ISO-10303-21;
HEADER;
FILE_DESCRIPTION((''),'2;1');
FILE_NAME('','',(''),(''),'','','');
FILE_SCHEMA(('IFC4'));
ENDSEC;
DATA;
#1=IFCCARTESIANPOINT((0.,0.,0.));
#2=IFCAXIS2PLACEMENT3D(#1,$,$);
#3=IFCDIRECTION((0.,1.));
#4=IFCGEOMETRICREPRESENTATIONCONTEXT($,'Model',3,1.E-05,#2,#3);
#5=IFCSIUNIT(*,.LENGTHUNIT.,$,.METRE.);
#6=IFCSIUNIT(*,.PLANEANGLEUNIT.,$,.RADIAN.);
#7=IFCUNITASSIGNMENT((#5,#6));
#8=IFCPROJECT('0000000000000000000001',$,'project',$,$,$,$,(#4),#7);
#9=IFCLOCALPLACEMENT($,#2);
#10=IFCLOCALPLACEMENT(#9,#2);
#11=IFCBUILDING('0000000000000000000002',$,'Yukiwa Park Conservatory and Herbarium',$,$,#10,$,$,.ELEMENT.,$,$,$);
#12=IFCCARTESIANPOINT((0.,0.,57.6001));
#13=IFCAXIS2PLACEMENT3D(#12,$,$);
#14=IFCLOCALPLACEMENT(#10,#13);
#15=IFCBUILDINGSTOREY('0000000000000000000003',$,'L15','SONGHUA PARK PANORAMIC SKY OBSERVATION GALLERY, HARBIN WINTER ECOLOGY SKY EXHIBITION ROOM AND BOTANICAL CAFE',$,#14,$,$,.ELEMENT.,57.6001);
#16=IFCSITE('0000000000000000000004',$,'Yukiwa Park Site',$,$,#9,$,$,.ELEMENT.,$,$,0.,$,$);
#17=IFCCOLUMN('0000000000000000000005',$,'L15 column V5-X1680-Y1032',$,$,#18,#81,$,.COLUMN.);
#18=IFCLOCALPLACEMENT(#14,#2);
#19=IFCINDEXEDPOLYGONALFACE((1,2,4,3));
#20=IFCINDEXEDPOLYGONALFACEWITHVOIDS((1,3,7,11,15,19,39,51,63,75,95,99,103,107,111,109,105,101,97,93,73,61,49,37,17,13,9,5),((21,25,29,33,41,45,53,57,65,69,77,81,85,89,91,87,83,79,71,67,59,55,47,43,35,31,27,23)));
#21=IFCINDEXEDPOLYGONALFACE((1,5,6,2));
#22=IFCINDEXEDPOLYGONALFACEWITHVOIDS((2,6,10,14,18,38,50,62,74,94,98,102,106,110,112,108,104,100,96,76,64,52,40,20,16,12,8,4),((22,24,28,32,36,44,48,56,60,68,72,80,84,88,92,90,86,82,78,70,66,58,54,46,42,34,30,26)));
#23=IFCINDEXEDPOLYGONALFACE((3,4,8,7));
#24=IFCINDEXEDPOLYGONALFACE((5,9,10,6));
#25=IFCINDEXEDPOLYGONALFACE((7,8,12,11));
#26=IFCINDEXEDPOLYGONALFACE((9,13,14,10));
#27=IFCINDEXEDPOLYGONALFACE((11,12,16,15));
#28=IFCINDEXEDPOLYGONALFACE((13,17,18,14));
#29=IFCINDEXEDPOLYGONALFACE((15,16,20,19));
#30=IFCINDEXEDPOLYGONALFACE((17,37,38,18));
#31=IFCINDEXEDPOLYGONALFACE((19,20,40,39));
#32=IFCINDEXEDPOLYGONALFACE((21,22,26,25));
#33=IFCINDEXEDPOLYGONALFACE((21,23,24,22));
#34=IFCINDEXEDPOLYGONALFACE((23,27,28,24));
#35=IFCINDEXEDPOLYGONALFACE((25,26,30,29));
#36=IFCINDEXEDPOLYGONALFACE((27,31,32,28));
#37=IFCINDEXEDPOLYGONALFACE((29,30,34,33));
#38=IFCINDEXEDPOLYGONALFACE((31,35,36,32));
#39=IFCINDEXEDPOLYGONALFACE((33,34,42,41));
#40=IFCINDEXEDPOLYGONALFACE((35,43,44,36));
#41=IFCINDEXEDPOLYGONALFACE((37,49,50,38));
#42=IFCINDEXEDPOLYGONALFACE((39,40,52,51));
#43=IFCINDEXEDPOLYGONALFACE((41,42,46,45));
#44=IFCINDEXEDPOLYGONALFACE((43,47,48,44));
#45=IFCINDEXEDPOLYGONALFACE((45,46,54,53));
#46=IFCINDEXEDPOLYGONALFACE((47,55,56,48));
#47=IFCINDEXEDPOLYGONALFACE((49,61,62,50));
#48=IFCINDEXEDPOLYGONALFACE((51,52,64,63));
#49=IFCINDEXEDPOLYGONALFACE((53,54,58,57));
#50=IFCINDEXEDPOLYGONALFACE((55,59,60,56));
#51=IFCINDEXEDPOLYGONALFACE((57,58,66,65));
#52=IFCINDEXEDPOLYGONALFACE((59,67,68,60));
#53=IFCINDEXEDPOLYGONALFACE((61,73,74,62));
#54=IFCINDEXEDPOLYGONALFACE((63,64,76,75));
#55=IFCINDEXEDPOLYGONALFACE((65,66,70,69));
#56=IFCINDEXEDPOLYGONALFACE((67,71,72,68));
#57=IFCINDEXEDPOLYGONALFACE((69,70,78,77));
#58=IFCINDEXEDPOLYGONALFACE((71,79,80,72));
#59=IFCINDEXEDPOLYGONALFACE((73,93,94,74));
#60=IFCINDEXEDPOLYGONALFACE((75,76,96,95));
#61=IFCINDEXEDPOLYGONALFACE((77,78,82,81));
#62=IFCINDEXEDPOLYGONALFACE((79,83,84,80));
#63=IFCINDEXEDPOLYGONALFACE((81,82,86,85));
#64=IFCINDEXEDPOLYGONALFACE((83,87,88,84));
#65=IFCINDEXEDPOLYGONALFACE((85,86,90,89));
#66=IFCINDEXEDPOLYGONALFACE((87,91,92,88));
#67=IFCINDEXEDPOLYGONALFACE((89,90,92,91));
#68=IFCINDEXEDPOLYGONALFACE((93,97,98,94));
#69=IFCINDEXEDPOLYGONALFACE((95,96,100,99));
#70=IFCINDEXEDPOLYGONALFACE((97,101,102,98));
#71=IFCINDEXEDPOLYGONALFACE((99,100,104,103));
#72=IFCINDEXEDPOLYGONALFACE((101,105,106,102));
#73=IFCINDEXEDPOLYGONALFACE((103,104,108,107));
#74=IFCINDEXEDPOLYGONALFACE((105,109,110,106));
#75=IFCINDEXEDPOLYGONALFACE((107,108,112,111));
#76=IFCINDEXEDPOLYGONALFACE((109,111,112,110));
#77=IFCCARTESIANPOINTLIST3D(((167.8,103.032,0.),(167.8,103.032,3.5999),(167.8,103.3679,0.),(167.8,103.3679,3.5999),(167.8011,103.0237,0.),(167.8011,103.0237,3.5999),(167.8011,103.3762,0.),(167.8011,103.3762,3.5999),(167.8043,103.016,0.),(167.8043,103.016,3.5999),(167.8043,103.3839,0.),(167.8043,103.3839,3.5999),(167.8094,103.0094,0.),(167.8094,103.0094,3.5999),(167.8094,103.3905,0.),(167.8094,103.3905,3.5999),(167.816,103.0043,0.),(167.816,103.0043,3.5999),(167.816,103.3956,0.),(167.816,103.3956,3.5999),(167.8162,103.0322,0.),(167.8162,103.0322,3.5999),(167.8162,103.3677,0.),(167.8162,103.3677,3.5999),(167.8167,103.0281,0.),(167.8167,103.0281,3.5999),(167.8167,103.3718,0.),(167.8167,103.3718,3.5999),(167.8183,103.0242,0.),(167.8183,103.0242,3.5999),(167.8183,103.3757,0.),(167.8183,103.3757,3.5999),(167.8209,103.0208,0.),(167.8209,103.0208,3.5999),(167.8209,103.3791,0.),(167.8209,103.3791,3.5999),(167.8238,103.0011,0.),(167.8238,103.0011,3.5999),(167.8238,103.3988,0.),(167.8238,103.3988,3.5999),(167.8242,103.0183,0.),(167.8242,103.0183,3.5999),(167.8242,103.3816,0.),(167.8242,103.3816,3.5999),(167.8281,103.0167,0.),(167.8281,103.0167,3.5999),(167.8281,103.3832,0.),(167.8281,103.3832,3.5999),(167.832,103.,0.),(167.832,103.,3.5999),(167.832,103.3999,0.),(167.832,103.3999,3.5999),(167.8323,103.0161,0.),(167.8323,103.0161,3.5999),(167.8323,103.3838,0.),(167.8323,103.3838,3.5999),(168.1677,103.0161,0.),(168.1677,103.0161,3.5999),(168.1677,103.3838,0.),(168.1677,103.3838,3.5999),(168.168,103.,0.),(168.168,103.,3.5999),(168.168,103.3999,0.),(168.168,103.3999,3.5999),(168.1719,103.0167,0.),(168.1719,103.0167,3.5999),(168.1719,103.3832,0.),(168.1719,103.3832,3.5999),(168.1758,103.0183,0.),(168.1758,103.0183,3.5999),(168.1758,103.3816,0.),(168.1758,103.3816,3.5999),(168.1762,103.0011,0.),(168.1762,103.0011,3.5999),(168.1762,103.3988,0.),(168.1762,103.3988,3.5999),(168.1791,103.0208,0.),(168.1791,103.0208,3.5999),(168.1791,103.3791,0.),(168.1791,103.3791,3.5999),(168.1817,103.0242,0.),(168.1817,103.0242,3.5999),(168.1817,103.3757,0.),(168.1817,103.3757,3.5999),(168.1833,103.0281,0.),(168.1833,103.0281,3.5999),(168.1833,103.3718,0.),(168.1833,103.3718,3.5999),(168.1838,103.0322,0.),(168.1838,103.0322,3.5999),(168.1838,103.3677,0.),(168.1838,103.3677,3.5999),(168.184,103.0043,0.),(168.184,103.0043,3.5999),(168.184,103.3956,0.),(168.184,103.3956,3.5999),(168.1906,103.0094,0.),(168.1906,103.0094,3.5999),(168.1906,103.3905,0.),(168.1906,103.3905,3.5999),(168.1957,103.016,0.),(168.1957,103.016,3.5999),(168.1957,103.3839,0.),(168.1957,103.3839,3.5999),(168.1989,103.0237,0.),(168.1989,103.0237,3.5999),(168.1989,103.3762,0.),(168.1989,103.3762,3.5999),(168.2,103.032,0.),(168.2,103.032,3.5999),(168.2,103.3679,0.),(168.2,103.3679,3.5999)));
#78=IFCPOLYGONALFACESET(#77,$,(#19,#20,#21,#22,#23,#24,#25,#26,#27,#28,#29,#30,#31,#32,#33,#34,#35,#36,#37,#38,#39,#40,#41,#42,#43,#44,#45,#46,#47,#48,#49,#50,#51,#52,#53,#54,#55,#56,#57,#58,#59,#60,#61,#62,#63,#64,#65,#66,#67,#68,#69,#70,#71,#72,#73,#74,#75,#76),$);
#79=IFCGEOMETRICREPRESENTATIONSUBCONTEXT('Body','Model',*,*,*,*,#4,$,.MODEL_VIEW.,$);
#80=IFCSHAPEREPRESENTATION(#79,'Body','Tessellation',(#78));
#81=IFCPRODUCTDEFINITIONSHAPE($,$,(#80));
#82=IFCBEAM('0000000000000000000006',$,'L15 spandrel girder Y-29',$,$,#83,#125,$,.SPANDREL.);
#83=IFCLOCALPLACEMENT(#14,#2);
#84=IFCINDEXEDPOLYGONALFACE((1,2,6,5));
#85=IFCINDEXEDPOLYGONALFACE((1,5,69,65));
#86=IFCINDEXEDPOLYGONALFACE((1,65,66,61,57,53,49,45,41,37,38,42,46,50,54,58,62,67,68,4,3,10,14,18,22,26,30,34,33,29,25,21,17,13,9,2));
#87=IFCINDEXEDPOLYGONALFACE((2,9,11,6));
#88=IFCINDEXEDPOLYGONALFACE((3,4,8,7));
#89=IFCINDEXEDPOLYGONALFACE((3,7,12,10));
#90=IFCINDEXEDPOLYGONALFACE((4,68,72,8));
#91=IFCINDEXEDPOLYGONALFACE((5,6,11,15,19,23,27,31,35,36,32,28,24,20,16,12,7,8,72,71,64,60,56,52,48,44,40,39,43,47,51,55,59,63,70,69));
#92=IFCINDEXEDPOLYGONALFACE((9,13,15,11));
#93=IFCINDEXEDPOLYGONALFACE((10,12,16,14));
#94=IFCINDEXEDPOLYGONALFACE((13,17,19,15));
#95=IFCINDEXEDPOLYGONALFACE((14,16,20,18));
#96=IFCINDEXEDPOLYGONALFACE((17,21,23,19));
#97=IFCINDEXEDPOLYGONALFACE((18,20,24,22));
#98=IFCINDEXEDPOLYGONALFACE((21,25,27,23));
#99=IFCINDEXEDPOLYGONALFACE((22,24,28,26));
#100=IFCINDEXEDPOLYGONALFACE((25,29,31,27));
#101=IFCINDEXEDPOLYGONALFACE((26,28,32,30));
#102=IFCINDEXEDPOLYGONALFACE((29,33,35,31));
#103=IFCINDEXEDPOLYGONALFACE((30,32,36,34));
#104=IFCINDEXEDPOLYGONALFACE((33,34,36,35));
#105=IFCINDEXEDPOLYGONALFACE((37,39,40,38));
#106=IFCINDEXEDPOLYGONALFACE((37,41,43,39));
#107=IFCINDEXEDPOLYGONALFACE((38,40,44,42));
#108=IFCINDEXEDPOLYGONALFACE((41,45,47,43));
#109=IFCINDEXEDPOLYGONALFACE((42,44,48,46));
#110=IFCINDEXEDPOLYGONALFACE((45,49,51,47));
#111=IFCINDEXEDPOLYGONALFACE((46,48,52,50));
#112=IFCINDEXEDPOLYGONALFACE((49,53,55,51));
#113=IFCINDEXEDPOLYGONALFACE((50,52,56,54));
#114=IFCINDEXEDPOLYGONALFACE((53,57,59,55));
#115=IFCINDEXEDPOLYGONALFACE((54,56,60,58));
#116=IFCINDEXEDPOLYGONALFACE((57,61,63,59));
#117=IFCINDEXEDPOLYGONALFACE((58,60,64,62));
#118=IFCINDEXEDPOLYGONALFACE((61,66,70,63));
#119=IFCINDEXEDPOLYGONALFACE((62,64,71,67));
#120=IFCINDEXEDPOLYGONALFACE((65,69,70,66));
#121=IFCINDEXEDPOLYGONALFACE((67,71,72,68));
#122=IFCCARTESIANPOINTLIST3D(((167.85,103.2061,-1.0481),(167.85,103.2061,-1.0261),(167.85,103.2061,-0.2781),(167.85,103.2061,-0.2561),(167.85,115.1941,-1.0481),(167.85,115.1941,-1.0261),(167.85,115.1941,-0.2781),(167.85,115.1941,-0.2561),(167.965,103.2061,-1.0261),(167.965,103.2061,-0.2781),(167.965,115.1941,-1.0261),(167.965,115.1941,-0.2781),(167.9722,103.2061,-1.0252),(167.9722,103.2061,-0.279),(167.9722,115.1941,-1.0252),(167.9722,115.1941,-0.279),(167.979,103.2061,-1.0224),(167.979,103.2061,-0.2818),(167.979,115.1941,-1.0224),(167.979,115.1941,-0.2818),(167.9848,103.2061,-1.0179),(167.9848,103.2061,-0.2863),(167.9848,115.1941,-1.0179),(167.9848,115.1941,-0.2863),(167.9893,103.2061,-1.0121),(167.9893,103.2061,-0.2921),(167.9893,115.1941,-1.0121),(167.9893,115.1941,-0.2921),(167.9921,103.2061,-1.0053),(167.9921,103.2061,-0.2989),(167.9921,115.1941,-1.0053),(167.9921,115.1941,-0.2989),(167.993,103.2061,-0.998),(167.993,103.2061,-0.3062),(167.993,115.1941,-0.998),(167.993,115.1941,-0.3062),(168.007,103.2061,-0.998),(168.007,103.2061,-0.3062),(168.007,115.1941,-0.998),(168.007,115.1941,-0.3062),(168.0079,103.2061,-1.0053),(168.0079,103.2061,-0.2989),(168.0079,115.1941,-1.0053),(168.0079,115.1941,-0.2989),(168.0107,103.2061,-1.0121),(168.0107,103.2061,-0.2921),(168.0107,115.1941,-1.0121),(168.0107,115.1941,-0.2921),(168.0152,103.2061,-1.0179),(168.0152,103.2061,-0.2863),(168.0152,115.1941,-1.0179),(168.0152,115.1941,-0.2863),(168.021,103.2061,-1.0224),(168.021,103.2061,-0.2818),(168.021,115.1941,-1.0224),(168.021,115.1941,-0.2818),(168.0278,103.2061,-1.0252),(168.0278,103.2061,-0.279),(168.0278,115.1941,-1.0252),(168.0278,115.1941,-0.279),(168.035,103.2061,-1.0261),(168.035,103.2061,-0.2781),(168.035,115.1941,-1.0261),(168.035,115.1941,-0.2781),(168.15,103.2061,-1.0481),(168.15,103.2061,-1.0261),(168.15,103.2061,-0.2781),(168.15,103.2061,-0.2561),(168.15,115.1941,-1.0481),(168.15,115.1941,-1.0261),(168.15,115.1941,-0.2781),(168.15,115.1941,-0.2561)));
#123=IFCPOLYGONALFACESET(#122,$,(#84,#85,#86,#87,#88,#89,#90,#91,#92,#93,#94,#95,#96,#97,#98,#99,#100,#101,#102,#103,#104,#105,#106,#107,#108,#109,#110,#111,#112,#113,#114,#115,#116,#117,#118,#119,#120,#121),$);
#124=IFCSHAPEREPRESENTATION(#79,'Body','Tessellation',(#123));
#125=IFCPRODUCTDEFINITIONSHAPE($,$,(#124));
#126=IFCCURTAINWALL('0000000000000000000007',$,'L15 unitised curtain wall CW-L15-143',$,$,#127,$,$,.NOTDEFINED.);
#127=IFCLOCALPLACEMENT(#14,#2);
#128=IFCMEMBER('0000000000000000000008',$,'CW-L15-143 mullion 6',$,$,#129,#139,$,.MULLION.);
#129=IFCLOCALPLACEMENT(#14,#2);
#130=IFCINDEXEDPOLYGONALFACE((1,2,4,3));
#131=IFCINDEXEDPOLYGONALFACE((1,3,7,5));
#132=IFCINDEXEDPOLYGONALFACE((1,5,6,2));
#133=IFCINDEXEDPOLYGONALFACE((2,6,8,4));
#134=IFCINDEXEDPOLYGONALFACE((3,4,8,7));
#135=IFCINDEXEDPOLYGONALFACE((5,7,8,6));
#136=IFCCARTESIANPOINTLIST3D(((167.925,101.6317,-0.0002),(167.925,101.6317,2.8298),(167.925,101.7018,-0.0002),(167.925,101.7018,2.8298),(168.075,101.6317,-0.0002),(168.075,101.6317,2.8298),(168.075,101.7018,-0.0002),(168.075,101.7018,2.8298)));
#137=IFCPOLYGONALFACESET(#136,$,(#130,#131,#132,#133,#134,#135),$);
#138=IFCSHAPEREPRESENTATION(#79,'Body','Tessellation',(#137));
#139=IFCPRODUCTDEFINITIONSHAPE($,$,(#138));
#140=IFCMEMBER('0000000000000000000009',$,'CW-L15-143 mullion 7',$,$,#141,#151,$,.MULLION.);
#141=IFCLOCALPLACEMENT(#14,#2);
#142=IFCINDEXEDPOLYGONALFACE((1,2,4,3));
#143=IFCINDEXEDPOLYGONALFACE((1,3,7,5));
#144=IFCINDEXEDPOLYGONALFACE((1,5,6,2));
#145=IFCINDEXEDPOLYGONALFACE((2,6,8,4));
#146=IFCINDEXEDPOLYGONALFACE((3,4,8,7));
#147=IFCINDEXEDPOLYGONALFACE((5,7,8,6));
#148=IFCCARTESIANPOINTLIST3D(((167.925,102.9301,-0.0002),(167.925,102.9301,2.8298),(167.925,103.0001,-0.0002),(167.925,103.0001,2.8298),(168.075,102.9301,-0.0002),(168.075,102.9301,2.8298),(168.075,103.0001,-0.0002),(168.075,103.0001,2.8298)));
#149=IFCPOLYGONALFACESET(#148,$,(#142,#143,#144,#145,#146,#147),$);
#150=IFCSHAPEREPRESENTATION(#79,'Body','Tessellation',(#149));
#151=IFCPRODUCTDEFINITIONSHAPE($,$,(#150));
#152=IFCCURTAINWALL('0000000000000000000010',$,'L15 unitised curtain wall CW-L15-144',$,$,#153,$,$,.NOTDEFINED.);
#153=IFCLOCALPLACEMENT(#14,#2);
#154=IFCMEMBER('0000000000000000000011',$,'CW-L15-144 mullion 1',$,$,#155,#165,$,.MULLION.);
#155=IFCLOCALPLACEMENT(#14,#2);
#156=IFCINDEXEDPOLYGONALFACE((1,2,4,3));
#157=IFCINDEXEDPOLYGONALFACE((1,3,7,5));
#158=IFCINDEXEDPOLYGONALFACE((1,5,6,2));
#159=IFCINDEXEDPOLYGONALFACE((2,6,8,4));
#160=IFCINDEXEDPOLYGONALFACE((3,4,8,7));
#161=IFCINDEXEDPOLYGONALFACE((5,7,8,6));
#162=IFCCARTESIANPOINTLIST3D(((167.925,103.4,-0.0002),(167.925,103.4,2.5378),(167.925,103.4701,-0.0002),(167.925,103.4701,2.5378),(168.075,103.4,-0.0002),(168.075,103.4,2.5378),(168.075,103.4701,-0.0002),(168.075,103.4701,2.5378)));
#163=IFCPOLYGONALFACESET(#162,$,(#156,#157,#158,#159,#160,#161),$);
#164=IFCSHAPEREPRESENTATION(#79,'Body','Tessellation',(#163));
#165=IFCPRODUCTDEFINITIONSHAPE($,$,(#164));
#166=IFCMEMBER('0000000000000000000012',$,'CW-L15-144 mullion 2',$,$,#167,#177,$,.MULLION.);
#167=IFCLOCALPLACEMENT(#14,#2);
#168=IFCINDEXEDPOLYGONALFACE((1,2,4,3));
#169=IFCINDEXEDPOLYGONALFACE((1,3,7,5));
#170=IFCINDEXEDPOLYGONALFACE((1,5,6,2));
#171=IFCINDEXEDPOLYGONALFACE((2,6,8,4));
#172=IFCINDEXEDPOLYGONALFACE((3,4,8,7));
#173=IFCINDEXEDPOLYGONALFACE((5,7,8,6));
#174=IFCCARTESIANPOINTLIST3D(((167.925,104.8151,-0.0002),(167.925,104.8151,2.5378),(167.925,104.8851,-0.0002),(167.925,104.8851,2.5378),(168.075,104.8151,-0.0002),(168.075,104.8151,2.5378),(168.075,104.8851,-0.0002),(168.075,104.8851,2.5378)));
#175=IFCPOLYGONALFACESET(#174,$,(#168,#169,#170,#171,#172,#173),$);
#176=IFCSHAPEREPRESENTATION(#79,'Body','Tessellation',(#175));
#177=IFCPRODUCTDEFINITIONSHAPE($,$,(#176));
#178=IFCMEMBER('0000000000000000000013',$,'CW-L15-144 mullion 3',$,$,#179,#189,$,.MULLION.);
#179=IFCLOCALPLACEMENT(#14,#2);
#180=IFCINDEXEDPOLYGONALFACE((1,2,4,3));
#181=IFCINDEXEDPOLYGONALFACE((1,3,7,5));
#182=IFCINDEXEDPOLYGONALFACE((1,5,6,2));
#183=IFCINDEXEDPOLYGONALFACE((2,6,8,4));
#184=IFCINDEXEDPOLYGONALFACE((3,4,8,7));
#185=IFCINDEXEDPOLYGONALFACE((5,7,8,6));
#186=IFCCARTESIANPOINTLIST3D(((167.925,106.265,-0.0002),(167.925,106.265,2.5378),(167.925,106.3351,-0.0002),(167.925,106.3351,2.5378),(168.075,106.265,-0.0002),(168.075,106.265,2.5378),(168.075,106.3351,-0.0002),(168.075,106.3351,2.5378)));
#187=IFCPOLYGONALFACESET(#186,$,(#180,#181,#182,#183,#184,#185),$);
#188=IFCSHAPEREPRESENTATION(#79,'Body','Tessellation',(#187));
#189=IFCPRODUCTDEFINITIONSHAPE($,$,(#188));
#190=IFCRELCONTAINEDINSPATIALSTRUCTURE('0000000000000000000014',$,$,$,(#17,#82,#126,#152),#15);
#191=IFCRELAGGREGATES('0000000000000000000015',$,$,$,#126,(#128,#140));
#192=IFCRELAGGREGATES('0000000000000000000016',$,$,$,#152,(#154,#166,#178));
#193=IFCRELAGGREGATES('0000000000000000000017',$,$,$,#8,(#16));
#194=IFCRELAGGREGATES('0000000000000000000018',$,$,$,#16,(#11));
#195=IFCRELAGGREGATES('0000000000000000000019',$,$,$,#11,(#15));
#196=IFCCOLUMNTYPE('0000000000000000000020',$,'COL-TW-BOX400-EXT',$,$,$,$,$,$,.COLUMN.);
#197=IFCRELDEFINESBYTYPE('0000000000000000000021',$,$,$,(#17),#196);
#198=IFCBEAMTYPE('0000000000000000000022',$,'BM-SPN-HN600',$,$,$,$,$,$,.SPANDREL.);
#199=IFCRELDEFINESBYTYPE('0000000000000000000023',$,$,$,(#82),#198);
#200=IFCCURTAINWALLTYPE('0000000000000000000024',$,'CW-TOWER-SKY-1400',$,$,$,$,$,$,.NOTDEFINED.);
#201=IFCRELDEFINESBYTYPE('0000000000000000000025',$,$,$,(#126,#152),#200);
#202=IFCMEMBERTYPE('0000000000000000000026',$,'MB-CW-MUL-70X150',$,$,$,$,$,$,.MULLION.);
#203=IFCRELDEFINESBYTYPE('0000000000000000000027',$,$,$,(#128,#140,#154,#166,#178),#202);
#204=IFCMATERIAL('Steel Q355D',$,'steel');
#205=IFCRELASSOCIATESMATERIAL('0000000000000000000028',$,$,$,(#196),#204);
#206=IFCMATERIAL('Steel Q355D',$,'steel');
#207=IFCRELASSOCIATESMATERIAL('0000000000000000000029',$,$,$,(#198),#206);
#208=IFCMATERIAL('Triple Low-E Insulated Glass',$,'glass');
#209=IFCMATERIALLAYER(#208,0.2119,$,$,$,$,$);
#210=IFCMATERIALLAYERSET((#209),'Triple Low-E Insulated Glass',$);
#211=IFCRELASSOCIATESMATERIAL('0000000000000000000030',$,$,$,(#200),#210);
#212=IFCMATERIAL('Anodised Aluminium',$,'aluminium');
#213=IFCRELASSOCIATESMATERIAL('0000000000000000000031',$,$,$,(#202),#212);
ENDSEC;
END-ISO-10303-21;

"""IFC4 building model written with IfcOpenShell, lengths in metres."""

from ifc_helpers import new_model, si_unit, direction, frame, origin, origin_2d, place, context, subcontext, project, spatial, rectangle, hollow_rectangle, i_section, extrude, material, layer, layer_set, material_profile, profile_set, type_object, element, aggregate, save


model = new_model("IFC4")

# Units and contexts
model_context = context("Model", 3, precision=1e-05, world=origin(), true_north=direction((0.0, 1.0)))
body_context = subcontext(model_context, "Body", "Model", "MODEL_VIEW")
ifc_project = project(units=[si_unit("LENGTHUNIT", "METRE"), si_unit("PLANEANGLEUNIT", "RADIAN")], contexts=[model_context])

# Site, building, storey
site_placement = place(None, origin())
site = spatial("IfcSite", under=ifc_project, at=site_placement, Name="Yukiwa Park Site", CompositionType="ELEMENT", RefElevation=0.0)
building_placement = place(site_placement, origin())
building = spatial("IfcBuilding", under=site, at=building_placement, Name="Yukiwa Park Conservatory and Herbarium", CompositionType="ELEMENT")
storey_placement = place(building_placement, frame((0.0, 0.0, 57.6001)))
storey = spatial("IfcBuildingStorey", under=building, at=storey_placement, Name="L15", Description="SONGHUA PARK PANORAMIC SKY OBSERVATION GALLERY, HARBIN WINTER ECOLOGY SKY EXHIBITION ROOM AND BOTANICAL CAFE", CompositionType="ELEMENT", Elevation=57.6001)

# Column
ifc_material_1 = material(Name="Steel Q355D", Category="steel")
ifc_material_profile_1 = material_profile(ifc_material_1, hollow_rectangle(XDim=0.3999, YDim=0.3999, WallThickness=0.0161, InnerFilletRadius=0.0161, OuterFilletRadius=0.032, at=origin_2d()), Name="BOX 400x400x16")
ifc_profile_set_1 = profile_set([ifc_material_profile_1], Name="Steel Q355D")
column_type = type_object("IfcColumnType", Name="COL-TW-BOX400-EXT", PredefinedType="COLUMN", material=ifc_profile_set_1)
column_placement = place(storey_placement, frame((168.0, 103.2, 0.0), z_axis=(0.0, 0.0, 1.0), x_axis=(1.0, 0.0, 0.0)))
element("IfcColumn", 1, at=column_placement, inside=storey, type_object=column_type, Name="L15 column V5-X1680-Y1032", PredefinedType="COLUMN", context=body_context, shape_type="SweptSolid", body=[
    extrude(hollow_rectangle(XDim=0.3999, YDim=0.3999, WallThickness=0.0161, InnerFilletRadius=0.0161, OuterFilletRadius=0.032, at=origin_2d()), origin(), (0.0, 0.0, 1.0), 3.5999),
])

# Beam
ifc_material_2 = material(Name="Steel Q355D", Category="steel")
ifc_material_profile_2 = material_profile(ifc_material_2, i_section(OverallWidth=0.3, OverallDepth=0.792, WebThickness=0.0139, FlangeThickness=0.022, FilletRadius=0.0281, at=origin_2d()), Name="HN 792x300x14x22")
ifc_profile_set_2 = profile_set([ifc_material_profile_2], Name="Steel Q355D")
beam_type = type_object("IfcBeamType", Name="BM-SPN-HN600", PredefinedType="SPANDREL", material=ifc_profile_set_2)
beam_placement = place(storey_placement, frame((168.0, 103.2061, -0.6521), z_axis=(0.0, 1.0, 0.0), x_axis=(-1.0, 0.0, 0.0)))
element("IfcBeam", 2, at=beam_placement, inside=storey, type_object=beam_type, Name="L15 spandrel girder Y-29", PredefinedType="SPANDREL", context=body_context, shape_type="SweptSolid", body=[
    extrude(i_section(OverallWidth=0.3, OverallDepth=0.792, WebThickness=0.0139, FlangeThickness=0.022, FilletRadius=0.0281, at=origin_2d()), origin(), (0.0, 0.0, 1.0), 11.988),
])

# Curtain walls, members
ifc_material_3 = material(Name="Triple Low-E Insulated Glass", Category="glass")
ifc_layer_1 = layer(ifc_material_3, 0.2119)
ifc_layer_set_1 = layer_set([ifc_layer_1], Name="Triple Low-E Insulated Glass")
curtain_wall_type = type_object("IfcCurtainWallType", Name="CW-TOWER-SKY-1400", PredefinedType="NOTDEFINED", material=ifc_layer_set_1)
curtain_wall_1_placement = place(storey_placement, origin())
curtain_wall_1 = element("IfcCurtainWall", 3, at=curtain_wall_1_placement, inside=storey, type_object=curtain_wall_type, Name="L15 unitised curtain wall CW-L15-143", PredefinedType="NOTDEFINED")
ifc_material_4 = material(Name="Anodised Aluminium", Category="aluminium")
member_type_1 = type_object("IfcMemberType", Name="MB-CW-MUL-70X150", PredefinedType="MULLION", material=ifc_material_4)
member_1_placement = place(storey_placement, frame((168.0, 101.6667, -0.0002), z_axis=(0.0, 0.0, 1.0), x_axis=(0.0, 1.0, 0.0)))
member_1 = element("IfcMember", 4, at=member_1_placement, type_object=member_type_1, Name="CW-L15-143 mullion 6", PredefinedType="MULLION", context=body_context, shape_type="SweptSolid", body=[
    extrude(rectangle(XDim=0.0701, YDim=0.1499, at=origin_2d()), origin(), (0.0, 0.0, 1.0), 2.8301),
])
member_2_placement = place(storey_placement, frame((168.0, 102.9651, -0.0002), z_axis=(0.0, 0.0, 1.0), x_axis=(0.0, 1.0, 0.0)))
member_2 = element("IfcMember", 5, at=member_2_placement, type_object=member_type_1, Name="CW-L15-143 mullion 7", PredefinedType="MULLION", context=body_context, shape_type="SweptSolid", body=[
    extrude(rectangle(XDim=0.0701, YDim=0.1499, at=origin_2d()), origin(), (0.0, 0.0, 1.0), 2.8301),
])
curtain_wall_2_placement = place(storey_placement, origin())
curtain_wall_2 = element("IfcCurtainWall", 6, at=curtain_wall_2_placement, inside=storey, type_object=curtain_wall_type, Name="L15 unitised curtain wall CW-L15-144", PredefinedType="NOTDEFINED")
member_3_placement = place(storey_placement, frame((168.0, 103.4351, -0.0002), z_axis=(0.0, 0.0, 1.0), x_axis=(0.0, 1.0, 0.0)))
member_3 = element("IfcMember", 7, at=member_3_placement, type_object=member_type_1, Name="CW-L15-144 mullion 1", PredefinedType="MULLION", context=body_context, shape_type="SweptSolid", body=[
    extrude(rectangle(XDim=0.0701, YDim=0.1499, at=origin_2d()), origin(), (0.0, 0.0, 1.0), 2.5381),
])
member_4_placement = place(storey_placement, frame((168.0, 104.8501, -0.0002), z_axis=(0.0, 0.0, 1.0), x_axis=(0.0, 1.0, 0.0)))
member_4 = element("IfcMember", 8, at=member_4_placement, type_object=member_type_1, Name="CW-L15-144 mullion 2", PredefinedType="MULLION", context=body_context, shape_type="SweptSolid", body=[
    extrude(rectangle(XDim=0.0701, YDim=0.1499, at=origin_2d()), origin(), (0.0, 0.0, 1.0), 2.5381),
])
member_5_placement = place(storey_placement, frame((168.0, 106.3, -0.0002), z_axis=(0.0, 0.0, 1.0), x_axis=(0.0, 1.0, 0.0)))
member_5 = element("IfcMember", 9, at=member_5_placement, type_object=member_type_1, Name="CW-L15-144 mullion 3", PredefinedType="MULLION", context=body_context, shape_type="SweptSolid", body=[
    extrude(rectangle(XDim=0.0701, YDim=0.1499, at=origin_2d()), origin(), (0.0, 0.0, 1.0), 2.5381),
])

aggregate(curtain_wall_1, [member_1, member_2])
aggregate(curtain_wall_2, [member_3, member_4, member_5])

save(model, "model.ifc")
